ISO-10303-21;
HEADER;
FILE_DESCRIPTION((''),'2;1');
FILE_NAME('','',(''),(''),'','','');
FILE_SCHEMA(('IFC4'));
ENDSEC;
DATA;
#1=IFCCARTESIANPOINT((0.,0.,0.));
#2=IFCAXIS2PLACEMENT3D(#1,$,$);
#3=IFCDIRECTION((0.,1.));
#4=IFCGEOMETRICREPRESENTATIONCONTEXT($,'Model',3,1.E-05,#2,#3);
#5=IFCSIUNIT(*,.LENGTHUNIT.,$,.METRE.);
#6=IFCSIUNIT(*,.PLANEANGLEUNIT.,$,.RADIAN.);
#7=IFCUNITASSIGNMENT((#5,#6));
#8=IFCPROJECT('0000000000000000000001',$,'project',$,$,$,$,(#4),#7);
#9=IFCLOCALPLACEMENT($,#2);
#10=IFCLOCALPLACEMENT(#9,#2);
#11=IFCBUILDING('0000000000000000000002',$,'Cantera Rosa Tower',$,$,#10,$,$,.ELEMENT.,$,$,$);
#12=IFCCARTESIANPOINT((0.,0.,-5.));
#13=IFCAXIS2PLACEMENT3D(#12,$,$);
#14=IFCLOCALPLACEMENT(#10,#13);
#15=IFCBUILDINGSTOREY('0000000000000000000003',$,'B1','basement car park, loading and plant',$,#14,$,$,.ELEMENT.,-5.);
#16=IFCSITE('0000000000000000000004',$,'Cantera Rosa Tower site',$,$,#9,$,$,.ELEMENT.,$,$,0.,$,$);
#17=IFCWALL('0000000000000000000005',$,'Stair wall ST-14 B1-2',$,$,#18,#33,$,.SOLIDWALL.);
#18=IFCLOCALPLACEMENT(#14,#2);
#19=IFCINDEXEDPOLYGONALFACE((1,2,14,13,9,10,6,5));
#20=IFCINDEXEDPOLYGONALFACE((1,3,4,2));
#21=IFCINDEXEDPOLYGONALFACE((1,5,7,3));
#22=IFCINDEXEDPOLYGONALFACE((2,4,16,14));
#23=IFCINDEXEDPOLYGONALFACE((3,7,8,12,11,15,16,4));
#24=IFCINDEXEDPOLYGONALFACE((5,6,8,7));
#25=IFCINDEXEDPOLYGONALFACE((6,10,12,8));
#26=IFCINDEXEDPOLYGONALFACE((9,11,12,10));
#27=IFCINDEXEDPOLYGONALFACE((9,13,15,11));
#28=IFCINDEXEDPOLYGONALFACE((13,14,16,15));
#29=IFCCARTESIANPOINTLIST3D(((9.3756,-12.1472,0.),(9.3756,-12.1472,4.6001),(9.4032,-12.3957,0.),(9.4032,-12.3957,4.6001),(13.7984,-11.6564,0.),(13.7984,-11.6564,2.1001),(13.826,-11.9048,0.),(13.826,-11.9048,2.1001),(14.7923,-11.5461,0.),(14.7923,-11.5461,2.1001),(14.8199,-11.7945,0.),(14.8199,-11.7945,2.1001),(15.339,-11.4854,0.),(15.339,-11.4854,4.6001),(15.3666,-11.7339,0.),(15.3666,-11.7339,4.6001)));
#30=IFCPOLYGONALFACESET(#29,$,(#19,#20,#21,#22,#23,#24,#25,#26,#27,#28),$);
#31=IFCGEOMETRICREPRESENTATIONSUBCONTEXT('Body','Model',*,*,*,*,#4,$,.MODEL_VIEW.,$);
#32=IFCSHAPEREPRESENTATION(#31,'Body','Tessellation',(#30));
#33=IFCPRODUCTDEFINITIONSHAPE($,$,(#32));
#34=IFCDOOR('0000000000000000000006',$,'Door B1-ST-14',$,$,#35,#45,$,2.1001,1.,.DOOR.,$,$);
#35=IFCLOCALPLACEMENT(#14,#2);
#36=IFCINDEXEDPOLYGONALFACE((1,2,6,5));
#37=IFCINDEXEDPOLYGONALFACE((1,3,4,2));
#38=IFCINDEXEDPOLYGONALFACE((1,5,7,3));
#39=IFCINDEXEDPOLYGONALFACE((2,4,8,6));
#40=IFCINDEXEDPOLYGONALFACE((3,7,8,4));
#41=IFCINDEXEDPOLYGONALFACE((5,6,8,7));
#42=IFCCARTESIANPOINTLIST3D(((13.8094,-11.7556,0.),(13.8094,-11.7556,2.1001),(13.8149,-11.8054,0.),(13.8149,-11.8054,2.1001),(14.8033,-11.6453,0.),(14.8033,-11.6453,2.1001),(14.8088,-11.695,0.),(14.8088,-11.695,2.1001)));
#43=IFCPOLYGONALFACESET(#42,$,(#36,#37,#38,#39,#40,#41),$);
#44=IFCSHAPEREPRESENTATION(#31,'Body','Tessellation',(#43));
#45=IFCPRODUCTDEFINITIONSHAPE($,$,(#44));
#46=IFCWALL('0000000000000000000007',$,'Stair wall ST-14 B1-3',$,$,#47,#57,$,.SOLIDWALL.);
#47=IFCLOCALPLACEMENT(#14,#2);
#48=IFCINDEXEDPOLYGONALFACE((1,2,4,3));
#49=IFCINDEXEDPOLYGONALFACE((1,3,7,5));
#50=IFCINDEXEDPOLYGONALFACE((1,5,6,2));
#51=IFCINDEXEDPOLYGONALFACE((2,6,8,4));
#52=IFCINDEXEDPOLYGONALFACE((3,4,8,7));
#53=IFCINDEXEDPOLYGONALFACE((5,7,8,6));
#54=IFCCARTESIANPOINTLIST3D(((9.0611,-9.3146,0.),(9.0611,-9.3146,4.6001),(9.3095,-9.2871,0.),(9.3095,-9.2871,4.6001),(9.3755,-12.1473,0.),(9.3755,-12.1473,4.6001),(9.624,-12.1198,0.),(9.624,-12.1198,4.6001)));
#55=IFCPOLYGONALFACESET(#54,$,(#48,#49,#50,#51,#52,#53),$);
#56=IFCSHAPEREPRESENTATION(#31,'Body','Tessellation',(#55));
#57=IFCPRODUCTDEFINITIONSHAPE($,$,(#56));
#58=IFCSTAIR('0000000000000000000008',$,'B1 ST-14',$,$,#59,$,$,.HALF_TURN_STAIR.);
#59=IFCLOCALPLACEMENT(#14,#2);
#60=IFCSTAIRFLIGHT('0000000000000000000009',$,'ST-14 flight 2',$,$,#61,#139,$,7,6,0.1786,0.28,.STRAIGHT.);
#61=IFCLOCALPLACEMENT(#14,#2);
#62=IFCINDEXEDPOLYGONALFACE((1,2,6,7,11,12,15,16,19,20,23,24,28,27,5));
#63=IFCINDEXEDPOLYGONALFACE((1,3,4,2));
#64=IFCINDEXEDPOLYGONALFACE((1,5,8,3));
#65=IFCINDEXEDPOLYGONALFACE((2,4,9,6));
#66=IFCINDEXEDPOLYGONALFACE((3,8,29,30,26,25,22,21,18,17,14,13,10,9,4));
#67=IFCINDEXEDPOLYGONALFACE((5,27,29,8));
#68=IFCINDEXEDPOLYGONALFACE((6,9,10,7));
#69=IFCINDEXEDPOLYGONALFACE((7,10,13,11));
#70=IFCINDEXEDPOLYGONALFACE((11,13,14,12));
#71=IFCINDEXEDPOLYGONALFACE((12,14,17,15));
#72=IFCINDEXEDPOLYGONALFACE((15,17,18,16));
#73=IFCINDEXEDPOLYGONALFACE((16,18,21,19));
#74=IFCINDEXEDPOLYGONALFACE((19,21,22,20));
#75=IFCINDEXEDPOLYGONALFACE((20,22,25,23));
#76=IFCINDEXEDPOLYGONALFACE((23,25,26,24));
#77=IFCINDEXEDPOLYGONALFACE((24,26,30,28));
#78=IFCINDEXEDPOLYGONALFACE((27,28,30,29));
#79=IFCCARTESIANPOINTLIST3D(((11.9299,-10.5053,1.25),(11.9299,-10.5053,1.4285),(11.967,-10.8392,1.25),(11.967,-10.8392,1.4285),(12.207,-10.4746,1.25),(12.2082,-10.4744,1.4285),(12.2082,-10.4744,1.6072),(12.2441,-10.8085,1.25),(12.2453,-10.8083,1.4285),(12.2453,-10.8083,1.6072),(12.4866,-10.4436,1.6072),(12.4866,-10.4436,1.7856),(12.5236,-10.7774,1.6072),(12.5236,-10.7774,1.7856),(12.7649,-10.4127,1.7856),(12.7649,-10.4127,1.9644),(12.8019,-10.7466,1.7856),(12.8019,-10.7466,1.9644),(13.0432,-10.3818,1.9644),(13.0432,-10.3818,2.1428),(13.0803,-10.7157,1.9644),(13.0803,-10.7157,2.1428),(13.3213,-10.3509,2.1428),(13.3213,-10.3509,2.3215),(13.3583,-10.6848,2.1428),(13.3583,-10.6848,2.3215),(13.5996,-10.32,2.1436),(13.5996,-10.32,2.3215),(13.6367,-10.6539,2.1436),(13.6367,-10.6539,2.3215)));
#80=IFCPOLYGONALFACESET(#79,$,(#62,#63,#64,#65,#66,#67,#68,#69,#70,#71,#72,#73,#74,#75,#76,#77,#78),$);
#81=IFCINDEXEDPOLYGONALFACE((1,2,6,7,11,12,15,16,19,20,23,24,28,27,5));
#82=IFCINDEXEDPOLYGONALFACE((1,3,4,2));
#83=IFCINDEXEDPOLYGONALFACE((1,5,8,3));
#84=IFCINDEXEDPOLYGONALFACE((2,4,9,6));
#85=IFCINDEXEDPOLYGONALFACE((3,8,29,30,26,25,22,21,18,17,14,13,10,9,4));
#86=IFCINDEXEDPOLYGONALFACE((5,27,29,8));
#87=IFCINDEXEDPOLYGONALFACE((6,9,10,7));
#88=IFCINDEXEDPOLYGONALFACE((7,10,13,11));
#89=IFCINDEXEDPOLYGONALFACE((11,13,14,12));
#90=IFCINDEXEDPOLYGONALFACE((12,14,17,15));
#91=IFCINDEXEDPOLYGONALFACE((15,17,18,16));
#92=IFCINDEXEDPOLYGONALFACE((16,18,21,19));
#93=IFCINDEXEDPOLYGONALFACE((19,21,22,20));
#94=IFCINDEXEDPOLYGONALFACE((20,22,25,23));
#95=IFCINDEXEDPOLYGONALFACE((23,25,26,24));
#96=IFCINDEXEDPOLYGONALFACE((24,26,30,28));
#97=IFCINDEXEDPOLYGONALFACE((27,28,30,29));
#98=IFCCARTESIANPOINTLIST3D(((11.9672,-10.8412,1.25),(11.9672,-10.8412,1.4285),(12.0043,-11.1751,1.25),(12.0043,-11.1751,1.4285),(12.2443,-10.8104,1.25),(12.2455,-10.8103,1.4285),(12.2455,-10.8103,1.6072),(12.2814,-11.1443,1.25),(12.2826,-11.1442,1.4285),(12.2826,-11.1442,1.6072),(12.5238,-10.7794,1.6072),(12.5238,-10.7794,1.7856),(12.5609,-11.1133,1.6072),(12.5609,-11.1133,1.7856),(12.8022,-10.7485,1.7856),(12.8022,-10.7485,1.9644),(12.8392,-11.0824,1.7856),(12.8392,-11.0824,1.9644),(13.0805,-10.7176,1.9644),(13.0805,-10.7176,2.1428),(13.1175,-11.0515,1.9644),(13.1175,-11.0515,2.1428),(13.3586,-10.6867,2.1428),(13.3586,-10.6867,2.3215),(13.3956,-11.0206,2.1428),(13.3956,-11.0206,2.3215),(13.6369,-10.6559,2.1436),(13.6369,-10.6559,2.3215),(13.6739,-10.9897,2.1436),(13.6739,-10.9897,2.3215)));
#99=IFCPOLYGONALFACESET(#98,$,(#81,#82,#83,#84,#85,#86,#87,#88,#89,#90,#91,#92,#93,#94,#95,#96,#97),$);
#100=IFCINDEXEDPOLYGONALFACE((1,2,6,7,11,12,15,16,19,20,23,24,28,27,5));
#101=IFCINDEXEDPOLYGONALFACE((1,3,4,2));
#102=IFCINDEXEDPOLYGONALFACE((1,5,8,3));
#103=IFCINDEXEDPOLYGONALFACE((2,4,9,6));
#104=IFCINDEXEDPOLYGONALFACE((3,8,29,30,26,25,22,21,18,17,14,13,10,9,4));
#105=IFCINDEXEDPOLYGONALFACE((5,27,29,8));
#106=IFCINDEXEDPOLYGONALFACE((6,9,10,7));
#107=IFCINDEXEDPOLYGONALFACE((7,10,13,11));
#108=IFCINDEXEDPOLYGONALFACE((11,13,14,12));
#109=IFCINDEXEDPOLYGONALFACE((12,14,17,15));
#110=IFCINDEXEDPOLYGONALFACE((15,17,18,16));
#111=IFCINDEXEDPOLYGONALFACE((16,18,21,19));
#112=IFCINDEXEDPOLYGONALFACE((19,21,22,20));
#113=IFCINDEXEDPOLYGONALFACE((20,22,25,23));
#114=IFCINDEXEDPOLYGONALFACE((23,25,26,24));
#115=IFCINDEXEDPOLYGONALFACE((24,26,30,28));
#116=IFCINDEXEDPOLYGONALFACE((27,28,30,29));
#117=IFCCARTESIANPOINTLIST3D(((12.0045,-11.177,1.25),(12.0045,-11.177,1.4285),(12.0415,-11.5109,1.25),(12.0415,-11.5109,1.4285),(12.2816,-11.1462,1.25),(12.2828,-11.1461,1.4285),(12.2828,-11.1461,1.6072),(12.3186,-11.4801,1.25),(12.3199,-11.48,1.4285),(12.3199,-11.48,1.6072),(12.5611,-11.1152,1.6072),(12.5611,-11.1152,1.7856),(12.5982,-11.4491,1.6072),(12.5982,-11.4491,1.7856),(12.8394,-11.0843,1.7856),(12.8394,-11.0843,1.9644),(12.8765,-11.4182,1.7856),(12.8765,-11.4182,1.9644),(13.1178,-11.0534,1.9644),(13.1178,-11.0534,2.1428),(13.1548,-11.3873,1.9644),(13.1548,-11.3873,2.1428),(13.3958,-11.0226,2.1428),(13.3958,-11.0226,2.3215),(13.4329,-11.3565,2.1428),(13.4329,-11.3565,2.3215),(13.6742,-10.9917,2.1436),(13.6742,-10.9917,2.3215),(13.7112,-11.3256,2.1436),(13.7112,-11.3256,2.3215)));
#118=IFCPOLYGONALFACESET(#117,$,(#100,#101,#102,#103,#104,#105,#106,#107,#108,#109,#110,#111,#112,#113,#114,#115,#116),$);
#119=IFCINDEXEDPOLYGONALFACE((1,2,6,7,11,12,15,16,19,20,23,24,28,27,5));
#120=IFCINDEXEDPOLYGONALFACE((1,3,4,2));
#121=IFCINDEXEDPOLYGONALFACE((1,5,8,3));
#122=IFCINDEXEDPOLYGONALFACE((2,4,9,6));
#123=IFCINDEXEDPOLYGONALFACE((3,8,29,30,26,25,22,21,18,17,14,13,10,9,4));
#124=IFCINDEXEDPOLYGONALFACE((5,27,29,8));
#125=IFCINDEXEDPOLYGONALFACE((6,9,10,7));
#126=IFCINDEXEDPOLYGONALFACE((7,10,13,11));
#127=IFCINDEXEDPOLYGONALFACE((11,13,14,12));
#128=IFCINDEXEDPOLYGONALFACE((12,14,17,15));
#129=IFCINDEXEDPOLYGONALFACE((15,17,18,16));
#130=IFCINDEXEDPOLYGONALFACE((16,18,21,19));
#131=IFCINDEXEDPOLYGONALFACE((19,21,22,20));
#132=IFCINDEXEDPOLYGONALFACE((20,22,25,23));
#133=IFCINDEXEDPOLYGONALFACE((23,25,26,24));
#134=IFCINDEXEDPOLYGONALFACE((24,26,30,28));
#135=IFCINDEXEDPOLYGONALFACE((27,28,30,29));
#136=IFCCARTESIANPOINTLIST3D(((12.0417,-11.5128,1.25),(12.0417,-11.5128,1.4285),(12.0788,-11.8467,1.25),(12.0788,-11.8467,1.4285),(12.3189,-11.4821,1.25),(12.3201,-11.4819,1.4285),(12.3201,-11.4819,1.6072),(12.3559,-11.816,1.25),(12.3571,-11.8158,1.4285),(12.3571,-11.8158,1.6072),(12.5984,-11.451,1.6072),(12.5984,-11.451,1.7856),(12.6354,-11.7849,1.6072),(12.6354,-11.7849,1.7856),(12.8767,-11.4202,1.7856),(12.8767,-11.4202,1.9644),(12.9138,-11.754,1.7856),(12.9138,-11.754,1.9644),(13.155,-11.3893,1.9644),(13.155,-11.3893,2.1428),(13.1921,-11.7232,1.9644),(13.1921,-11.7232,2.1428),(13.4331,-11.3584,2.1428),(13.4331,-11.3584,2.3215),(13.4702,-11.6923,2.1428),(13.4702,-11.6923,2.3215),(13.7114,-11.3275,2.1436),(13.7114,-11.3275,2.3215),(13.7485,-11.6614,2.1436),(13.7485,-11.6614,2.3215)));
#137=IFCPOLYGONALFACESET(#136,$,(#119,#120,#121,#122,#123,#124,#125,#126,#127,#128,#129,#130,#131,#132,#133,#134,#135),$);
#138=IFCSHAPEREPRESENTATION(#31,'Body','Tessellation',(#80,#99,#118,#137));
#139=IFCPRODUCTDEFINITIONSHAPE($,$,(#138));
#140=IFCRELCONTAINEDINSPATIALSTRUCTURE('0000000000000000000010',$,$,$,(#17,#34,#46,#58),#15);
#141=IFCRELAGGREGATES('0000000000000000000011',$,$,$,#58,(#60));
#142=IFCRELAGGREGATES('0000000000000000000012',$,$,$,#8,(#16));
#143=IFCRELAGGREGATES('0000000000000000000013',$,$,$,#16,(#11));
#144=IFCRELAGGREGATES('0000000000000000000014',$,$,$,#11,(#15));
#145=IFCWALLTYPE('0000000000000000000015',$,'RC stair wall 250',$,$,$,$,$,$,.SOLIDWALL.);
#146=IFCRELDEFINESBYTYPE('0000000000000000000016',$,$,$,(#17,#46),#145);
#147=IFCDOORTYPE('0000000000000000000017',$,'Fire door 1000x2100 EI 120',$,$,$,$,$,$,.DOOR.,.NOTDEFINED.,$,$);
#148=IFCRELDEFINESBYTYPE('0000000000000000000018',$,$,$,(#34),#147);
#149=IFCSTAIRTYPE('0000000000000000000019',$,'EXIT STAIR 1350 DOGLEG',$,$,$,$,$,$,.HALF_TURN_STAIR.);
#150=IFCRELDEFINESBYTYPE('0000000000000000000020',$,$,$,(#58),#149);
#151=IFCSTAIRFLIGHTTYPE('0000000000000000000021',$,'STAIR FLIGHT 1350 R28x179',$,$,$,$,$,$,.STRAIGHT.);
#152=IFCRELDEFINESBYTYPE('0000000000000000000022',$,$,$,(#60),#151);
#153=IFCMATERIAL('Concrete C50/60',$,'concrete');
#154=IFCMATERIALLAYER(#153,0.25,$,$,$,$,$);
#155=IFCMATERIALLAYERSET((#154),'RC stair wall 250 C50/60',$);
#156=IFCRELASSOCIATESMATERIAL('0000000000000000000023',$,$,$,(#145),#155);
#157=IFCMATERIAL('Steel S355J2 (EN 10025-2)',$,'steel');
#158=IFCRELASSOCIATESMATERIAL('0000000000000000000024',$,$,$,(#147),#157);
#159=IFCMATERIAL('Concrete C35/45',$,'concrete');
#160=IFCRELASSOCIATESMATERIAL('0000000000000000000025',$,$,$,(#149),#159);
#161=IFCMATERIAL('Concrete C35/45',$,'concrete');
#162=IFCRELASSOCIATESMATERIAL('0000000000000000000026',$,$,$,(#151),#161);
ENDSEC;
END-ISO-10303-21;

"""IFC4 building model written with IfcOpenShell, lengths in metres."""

from ifc_helpers import new_model, si_unit, direction, frame, frame_2d, origin, place, context, subcontext, project, spatial, polyline, rectangle, outline, extrude, material, layer, layer_set, type_object, element, fill, aggregate, save


model = new_model("IFC4")

# Units and contexts
model_context = context("Model", 3, precision=1e-05, world=origin(), true_north=direction((0.0, 1.0)))
body_context = subcontext(model_context, "Body", "Model", "MODEL_VIEW")
ifc_project = project(units=[si_unit("LENGTHUNIT", "METRE"), si_unit("PLANEANGLEUNIT", "RADIAN")], contexts=[model_context])

# Site, building, storey
site_placement = place(None, origin())
site = spatial("IfcSite", under=ifc_project, at=site_placement, Name="Cantera Rosa Tower site", CompositionType="ELEMENT", RefElevation=0.0)
building_placement = place(site_placement, origin())
building = spatial("IfcBuilding", under=site, at=building_placement, Name="Cantera Rosa Tower", CompositionType="ELEMENT")
storey_placement = place(building_placement, frame((0.0, 0.0, -5.0)))
storey = spatial("IfcBuildingStorey", under=building, at=storey_placement, Name="B1", Description="basement car park, loading and plant", CompositionType="ELEMENT", Elevation=-5.0)

# Wall, opening, door
ifc_material_1 = material(Name="Concrete C50/60", Category="concrete")
ifc_layer_1 = layer(ifc_material_1, 0.25)
ifc_layer_set_1 = layer_set([ifc_layer_1], Name="RC stair wall 250 C50/60")
wall_type_1 = type_object("IfcWallType", Name="RC stair wall 250", PredefinedType="SOLIDWALL", material=ifc_layer_set_1)
wall_1_placement = place(storey_placement, frame((15.3528, -11.6096, 0.0), z_axis=(0.0, 0.0, 1.0), x_axis=(-0.993897, -0.110311, 0.0)))
wall_1 = element("IfcWall", 1, at=wall_1_placement, inside=storey, type_object=wall_type_1, Name="Stair wall ST-14 B1-2", PredefinedType="SOLIDWALL", context=body_context, shape_type="SweptSolid", body=[
    extrude(rectangle(XDim=6.0, YDim=0.25, at=frame_2d((3.0, 0.0))), origin(), (0.0, 0.0, 1.0), 4.6001),
])
opening_1_placement = place(wall_1_placement, frame((0.55, 0.0, 0.0)))
opening_1 = element("IfcOpeningElement", 2, at=opening_1_placement, cuts=wall_1, PredefinedType="OPENING", context=body_context, shape_type="SweptSolid", body=[
    extrude(rectangle(XDim=1.0, YDim=2.1001, at=frame_2d((0.5, 1.05))), frame((0.0, 0.135, 0.0), z_axis=(0.0, -1.0, 0.0), x_axis=(1.0, 0.0, 0.0)), (0.0, 0.0, 1.0), 0.27),
])
ifc_material_2 = material(Name="Steel S355J2 (EN 10025-2)", Category="steel")
door_type_1 = type_object("IfcDoorType", Name="Fire door 1000x2100 EI 120", OperationType="NOTDEFINED", PredefinedType="DOOR", material=ifc_material_2)
door_1_placement = place(opening_1_placement, origin())
door_1 = element("IfcDoor", 3, at=door_1_placement, inside=storey, type_object=door_type_1, Name="Door B1-ST-14", OverallHeight=2.1001, OverallWidth=1.0, PredefinedType="DOOR", context=body_context, shape_type="SweptSolid", body=[
    extrude(rectangle(XDim=1.0, YDim=2.1001, at=frame_2d((0.5, 1.05))), frame((0.0, 0.0249, 0.0), z_axis=(0.0, -1.0, 0.0), x_axis=(1.0, 0.0, 0.0)), (0.0, 0.0, 1.0), 0.05),
])
fill(opening_1, door_1)

# Wall
wall_2_placement = place(storey_placement, frame((9.4998, -12.1335, 0.0), z_axis=(0.0, 0.0, 1.0), x_axis=(-0.110328, 0.993895, 0.0)))
element("IfcWall", 4, at=wall_2_placement, inside=storey, type_object=wall_type_1, Name="Stair wall ST-14 B1-3", PredefinedType="SOLIDWALL", context=body_context, shape_type="SweptSolid", body=[
    extrude(rectangle(XDim=2.8501, YDim=0.25, at=frame_2d((1.425, 0.0))), origin(), (0.0, 0.0, 1.0), 4.6001),
])

# Stair, stair flight
ifc_material_3 = material(Name="Concrete C35/45", Category="concrete")
stair_type = type_object("IfcStairType", Name="EXIT STAIR 1350 DOGLEG", PredefinedType="HALF_TURN_STAIR", material=ifc_material_3)
stair_placement = place(storey_placement, origin())
stair = element("IfcStair", 5, at=stair_placement, inside=storey, type_object=stair_type, Name="B1 ST-14", PredefinedType="HALF_TURN_STAIR")
ifc_material_4 = material(Name="Concrete C35/45", Category="concrete")
stair_flight_type = type_object("IfcStairFlightType", Name="STAIR FLIGHT 1350 R28x179", PredefinedType="STRAIGHT", material=ifc_material_4)
stair_flight_1_placement = place(storey_placement, frame((12.0044, -11.1763, 1.25), z_axis=(0.0, 0.0, 1.0), x_axis=(0.993897, 0.110313, 0.0)))
stair_flight_1 = element("IfcStairFlight", 6, at=stair_flight_1_placement, type_object=stair_flight_type, Name="ST-14 flight 2", NumberOfRisers=7, NumberOfTreads=6, PredefinedType="STRAIGHT", RiserHeight=0.1786, TreadLength=0.28, context=body_context, shape_type="SweptSolid", body=[
    extrude(outline(polyline([(0.0, 0.0), (0.0, 0.1785), (0.28, 0.1785), (0.28, 0.3572), (0.5601, 0.3572), (0.5601, 0.5356), (0.8401, 0.5356), (0.8401, 0.7144), (1.1201, 0.7144), (1.1201, 0.8928), (1.3999, 0.8928), (1.3999, 1.0715), (1.6799, 1.0715), (1.6799, 1.25), (1.6799, 0.8936), (0.2788, 0.0), (0.0, 0.0)])), frame((0.0, 0.675, 0.0), z_axis=(0.0, -1.0, 0.0), x_axis=(1.0, 0.0, 0.0)), (0.0, 0.0, 1.0), 0.3359),
    extrude(outline(polyline([(0.0, 0.0), (0.0, 0.1785), (0.28, 0.1785), (0.28, 0.3572), (0.5601, 0.3572), (0.5601, 0.5356), (0.8401, 0.5356), (0.8401, 0.7144), (1.1201, 0.7144), (1.1201, 0.8928), (1.3999, 0.8928), (1.3999, 1.0715), (1.6799, 1.0715), (1.6799, 1.25), (1.6799, 0.8936), (0.2788, 0.0), (0.0, 0.0)])), frame((0.0, 0.3372, 0.0), z_axis=(0.0, -1.0, 0.0), x_axis=(1.0, 0.0, 0.0)), (0.0, 0.0, 1.0), 0.3359),
    extrude(outline(polyline([(0.0, 0.0), (0.0, 0.1785), (0.28, 0.1785), (0.28, 0.3572), (0.5601, 0.3572), (0.5601, 0.5356), (0.8401, 0.5356), (0.8401, 0.7144), (1.1201, 0.7144), (1.1201, 0.8928), (1.3999, 0.8928), (1.3999, 1.0715), (1.6799, 1.0715), (1.6799, 1.25), (1.6799, 0.8936), (0.2788, 0.0), (0.0, 0.0)])), frame((0.0, -0.0007, 0.0), z_axis=(0.0, -1.0, 0.0), x_axis=(1.0, 0.0, 0.0)), (0.0, 0.0, 1.0), 0.3359),
    extrude(outline(polyline([(0.0, 0.0), (0.0, 0.1785), (0.28, 0.1785), (0.28, 0.3572), (0.5601, 0.3572), (0.5601, 0.5356), (0.8401, 0.5356), (0.8401, 0.7144), (1.1201, 0.7144), (1.1201, 0.8928), (1.3999, 0.8928), (1.3999, 1.0715), (1.6799, 1.0715), (1.6799, 1.25), (1.6799, 0.8936), (0.2788, 0.0), (0.0, 0.0)])), frame((0.0, -0.3386, 0.0), z_axis=(0.0, -1.0, 0.0), x_axis=(1.0, 0.0, 0.0)), (0.0, 0.0, 1.0), 0.3359),
])
aggregate(stair, [stair_flight_1])

save(model, "model.ifc")
